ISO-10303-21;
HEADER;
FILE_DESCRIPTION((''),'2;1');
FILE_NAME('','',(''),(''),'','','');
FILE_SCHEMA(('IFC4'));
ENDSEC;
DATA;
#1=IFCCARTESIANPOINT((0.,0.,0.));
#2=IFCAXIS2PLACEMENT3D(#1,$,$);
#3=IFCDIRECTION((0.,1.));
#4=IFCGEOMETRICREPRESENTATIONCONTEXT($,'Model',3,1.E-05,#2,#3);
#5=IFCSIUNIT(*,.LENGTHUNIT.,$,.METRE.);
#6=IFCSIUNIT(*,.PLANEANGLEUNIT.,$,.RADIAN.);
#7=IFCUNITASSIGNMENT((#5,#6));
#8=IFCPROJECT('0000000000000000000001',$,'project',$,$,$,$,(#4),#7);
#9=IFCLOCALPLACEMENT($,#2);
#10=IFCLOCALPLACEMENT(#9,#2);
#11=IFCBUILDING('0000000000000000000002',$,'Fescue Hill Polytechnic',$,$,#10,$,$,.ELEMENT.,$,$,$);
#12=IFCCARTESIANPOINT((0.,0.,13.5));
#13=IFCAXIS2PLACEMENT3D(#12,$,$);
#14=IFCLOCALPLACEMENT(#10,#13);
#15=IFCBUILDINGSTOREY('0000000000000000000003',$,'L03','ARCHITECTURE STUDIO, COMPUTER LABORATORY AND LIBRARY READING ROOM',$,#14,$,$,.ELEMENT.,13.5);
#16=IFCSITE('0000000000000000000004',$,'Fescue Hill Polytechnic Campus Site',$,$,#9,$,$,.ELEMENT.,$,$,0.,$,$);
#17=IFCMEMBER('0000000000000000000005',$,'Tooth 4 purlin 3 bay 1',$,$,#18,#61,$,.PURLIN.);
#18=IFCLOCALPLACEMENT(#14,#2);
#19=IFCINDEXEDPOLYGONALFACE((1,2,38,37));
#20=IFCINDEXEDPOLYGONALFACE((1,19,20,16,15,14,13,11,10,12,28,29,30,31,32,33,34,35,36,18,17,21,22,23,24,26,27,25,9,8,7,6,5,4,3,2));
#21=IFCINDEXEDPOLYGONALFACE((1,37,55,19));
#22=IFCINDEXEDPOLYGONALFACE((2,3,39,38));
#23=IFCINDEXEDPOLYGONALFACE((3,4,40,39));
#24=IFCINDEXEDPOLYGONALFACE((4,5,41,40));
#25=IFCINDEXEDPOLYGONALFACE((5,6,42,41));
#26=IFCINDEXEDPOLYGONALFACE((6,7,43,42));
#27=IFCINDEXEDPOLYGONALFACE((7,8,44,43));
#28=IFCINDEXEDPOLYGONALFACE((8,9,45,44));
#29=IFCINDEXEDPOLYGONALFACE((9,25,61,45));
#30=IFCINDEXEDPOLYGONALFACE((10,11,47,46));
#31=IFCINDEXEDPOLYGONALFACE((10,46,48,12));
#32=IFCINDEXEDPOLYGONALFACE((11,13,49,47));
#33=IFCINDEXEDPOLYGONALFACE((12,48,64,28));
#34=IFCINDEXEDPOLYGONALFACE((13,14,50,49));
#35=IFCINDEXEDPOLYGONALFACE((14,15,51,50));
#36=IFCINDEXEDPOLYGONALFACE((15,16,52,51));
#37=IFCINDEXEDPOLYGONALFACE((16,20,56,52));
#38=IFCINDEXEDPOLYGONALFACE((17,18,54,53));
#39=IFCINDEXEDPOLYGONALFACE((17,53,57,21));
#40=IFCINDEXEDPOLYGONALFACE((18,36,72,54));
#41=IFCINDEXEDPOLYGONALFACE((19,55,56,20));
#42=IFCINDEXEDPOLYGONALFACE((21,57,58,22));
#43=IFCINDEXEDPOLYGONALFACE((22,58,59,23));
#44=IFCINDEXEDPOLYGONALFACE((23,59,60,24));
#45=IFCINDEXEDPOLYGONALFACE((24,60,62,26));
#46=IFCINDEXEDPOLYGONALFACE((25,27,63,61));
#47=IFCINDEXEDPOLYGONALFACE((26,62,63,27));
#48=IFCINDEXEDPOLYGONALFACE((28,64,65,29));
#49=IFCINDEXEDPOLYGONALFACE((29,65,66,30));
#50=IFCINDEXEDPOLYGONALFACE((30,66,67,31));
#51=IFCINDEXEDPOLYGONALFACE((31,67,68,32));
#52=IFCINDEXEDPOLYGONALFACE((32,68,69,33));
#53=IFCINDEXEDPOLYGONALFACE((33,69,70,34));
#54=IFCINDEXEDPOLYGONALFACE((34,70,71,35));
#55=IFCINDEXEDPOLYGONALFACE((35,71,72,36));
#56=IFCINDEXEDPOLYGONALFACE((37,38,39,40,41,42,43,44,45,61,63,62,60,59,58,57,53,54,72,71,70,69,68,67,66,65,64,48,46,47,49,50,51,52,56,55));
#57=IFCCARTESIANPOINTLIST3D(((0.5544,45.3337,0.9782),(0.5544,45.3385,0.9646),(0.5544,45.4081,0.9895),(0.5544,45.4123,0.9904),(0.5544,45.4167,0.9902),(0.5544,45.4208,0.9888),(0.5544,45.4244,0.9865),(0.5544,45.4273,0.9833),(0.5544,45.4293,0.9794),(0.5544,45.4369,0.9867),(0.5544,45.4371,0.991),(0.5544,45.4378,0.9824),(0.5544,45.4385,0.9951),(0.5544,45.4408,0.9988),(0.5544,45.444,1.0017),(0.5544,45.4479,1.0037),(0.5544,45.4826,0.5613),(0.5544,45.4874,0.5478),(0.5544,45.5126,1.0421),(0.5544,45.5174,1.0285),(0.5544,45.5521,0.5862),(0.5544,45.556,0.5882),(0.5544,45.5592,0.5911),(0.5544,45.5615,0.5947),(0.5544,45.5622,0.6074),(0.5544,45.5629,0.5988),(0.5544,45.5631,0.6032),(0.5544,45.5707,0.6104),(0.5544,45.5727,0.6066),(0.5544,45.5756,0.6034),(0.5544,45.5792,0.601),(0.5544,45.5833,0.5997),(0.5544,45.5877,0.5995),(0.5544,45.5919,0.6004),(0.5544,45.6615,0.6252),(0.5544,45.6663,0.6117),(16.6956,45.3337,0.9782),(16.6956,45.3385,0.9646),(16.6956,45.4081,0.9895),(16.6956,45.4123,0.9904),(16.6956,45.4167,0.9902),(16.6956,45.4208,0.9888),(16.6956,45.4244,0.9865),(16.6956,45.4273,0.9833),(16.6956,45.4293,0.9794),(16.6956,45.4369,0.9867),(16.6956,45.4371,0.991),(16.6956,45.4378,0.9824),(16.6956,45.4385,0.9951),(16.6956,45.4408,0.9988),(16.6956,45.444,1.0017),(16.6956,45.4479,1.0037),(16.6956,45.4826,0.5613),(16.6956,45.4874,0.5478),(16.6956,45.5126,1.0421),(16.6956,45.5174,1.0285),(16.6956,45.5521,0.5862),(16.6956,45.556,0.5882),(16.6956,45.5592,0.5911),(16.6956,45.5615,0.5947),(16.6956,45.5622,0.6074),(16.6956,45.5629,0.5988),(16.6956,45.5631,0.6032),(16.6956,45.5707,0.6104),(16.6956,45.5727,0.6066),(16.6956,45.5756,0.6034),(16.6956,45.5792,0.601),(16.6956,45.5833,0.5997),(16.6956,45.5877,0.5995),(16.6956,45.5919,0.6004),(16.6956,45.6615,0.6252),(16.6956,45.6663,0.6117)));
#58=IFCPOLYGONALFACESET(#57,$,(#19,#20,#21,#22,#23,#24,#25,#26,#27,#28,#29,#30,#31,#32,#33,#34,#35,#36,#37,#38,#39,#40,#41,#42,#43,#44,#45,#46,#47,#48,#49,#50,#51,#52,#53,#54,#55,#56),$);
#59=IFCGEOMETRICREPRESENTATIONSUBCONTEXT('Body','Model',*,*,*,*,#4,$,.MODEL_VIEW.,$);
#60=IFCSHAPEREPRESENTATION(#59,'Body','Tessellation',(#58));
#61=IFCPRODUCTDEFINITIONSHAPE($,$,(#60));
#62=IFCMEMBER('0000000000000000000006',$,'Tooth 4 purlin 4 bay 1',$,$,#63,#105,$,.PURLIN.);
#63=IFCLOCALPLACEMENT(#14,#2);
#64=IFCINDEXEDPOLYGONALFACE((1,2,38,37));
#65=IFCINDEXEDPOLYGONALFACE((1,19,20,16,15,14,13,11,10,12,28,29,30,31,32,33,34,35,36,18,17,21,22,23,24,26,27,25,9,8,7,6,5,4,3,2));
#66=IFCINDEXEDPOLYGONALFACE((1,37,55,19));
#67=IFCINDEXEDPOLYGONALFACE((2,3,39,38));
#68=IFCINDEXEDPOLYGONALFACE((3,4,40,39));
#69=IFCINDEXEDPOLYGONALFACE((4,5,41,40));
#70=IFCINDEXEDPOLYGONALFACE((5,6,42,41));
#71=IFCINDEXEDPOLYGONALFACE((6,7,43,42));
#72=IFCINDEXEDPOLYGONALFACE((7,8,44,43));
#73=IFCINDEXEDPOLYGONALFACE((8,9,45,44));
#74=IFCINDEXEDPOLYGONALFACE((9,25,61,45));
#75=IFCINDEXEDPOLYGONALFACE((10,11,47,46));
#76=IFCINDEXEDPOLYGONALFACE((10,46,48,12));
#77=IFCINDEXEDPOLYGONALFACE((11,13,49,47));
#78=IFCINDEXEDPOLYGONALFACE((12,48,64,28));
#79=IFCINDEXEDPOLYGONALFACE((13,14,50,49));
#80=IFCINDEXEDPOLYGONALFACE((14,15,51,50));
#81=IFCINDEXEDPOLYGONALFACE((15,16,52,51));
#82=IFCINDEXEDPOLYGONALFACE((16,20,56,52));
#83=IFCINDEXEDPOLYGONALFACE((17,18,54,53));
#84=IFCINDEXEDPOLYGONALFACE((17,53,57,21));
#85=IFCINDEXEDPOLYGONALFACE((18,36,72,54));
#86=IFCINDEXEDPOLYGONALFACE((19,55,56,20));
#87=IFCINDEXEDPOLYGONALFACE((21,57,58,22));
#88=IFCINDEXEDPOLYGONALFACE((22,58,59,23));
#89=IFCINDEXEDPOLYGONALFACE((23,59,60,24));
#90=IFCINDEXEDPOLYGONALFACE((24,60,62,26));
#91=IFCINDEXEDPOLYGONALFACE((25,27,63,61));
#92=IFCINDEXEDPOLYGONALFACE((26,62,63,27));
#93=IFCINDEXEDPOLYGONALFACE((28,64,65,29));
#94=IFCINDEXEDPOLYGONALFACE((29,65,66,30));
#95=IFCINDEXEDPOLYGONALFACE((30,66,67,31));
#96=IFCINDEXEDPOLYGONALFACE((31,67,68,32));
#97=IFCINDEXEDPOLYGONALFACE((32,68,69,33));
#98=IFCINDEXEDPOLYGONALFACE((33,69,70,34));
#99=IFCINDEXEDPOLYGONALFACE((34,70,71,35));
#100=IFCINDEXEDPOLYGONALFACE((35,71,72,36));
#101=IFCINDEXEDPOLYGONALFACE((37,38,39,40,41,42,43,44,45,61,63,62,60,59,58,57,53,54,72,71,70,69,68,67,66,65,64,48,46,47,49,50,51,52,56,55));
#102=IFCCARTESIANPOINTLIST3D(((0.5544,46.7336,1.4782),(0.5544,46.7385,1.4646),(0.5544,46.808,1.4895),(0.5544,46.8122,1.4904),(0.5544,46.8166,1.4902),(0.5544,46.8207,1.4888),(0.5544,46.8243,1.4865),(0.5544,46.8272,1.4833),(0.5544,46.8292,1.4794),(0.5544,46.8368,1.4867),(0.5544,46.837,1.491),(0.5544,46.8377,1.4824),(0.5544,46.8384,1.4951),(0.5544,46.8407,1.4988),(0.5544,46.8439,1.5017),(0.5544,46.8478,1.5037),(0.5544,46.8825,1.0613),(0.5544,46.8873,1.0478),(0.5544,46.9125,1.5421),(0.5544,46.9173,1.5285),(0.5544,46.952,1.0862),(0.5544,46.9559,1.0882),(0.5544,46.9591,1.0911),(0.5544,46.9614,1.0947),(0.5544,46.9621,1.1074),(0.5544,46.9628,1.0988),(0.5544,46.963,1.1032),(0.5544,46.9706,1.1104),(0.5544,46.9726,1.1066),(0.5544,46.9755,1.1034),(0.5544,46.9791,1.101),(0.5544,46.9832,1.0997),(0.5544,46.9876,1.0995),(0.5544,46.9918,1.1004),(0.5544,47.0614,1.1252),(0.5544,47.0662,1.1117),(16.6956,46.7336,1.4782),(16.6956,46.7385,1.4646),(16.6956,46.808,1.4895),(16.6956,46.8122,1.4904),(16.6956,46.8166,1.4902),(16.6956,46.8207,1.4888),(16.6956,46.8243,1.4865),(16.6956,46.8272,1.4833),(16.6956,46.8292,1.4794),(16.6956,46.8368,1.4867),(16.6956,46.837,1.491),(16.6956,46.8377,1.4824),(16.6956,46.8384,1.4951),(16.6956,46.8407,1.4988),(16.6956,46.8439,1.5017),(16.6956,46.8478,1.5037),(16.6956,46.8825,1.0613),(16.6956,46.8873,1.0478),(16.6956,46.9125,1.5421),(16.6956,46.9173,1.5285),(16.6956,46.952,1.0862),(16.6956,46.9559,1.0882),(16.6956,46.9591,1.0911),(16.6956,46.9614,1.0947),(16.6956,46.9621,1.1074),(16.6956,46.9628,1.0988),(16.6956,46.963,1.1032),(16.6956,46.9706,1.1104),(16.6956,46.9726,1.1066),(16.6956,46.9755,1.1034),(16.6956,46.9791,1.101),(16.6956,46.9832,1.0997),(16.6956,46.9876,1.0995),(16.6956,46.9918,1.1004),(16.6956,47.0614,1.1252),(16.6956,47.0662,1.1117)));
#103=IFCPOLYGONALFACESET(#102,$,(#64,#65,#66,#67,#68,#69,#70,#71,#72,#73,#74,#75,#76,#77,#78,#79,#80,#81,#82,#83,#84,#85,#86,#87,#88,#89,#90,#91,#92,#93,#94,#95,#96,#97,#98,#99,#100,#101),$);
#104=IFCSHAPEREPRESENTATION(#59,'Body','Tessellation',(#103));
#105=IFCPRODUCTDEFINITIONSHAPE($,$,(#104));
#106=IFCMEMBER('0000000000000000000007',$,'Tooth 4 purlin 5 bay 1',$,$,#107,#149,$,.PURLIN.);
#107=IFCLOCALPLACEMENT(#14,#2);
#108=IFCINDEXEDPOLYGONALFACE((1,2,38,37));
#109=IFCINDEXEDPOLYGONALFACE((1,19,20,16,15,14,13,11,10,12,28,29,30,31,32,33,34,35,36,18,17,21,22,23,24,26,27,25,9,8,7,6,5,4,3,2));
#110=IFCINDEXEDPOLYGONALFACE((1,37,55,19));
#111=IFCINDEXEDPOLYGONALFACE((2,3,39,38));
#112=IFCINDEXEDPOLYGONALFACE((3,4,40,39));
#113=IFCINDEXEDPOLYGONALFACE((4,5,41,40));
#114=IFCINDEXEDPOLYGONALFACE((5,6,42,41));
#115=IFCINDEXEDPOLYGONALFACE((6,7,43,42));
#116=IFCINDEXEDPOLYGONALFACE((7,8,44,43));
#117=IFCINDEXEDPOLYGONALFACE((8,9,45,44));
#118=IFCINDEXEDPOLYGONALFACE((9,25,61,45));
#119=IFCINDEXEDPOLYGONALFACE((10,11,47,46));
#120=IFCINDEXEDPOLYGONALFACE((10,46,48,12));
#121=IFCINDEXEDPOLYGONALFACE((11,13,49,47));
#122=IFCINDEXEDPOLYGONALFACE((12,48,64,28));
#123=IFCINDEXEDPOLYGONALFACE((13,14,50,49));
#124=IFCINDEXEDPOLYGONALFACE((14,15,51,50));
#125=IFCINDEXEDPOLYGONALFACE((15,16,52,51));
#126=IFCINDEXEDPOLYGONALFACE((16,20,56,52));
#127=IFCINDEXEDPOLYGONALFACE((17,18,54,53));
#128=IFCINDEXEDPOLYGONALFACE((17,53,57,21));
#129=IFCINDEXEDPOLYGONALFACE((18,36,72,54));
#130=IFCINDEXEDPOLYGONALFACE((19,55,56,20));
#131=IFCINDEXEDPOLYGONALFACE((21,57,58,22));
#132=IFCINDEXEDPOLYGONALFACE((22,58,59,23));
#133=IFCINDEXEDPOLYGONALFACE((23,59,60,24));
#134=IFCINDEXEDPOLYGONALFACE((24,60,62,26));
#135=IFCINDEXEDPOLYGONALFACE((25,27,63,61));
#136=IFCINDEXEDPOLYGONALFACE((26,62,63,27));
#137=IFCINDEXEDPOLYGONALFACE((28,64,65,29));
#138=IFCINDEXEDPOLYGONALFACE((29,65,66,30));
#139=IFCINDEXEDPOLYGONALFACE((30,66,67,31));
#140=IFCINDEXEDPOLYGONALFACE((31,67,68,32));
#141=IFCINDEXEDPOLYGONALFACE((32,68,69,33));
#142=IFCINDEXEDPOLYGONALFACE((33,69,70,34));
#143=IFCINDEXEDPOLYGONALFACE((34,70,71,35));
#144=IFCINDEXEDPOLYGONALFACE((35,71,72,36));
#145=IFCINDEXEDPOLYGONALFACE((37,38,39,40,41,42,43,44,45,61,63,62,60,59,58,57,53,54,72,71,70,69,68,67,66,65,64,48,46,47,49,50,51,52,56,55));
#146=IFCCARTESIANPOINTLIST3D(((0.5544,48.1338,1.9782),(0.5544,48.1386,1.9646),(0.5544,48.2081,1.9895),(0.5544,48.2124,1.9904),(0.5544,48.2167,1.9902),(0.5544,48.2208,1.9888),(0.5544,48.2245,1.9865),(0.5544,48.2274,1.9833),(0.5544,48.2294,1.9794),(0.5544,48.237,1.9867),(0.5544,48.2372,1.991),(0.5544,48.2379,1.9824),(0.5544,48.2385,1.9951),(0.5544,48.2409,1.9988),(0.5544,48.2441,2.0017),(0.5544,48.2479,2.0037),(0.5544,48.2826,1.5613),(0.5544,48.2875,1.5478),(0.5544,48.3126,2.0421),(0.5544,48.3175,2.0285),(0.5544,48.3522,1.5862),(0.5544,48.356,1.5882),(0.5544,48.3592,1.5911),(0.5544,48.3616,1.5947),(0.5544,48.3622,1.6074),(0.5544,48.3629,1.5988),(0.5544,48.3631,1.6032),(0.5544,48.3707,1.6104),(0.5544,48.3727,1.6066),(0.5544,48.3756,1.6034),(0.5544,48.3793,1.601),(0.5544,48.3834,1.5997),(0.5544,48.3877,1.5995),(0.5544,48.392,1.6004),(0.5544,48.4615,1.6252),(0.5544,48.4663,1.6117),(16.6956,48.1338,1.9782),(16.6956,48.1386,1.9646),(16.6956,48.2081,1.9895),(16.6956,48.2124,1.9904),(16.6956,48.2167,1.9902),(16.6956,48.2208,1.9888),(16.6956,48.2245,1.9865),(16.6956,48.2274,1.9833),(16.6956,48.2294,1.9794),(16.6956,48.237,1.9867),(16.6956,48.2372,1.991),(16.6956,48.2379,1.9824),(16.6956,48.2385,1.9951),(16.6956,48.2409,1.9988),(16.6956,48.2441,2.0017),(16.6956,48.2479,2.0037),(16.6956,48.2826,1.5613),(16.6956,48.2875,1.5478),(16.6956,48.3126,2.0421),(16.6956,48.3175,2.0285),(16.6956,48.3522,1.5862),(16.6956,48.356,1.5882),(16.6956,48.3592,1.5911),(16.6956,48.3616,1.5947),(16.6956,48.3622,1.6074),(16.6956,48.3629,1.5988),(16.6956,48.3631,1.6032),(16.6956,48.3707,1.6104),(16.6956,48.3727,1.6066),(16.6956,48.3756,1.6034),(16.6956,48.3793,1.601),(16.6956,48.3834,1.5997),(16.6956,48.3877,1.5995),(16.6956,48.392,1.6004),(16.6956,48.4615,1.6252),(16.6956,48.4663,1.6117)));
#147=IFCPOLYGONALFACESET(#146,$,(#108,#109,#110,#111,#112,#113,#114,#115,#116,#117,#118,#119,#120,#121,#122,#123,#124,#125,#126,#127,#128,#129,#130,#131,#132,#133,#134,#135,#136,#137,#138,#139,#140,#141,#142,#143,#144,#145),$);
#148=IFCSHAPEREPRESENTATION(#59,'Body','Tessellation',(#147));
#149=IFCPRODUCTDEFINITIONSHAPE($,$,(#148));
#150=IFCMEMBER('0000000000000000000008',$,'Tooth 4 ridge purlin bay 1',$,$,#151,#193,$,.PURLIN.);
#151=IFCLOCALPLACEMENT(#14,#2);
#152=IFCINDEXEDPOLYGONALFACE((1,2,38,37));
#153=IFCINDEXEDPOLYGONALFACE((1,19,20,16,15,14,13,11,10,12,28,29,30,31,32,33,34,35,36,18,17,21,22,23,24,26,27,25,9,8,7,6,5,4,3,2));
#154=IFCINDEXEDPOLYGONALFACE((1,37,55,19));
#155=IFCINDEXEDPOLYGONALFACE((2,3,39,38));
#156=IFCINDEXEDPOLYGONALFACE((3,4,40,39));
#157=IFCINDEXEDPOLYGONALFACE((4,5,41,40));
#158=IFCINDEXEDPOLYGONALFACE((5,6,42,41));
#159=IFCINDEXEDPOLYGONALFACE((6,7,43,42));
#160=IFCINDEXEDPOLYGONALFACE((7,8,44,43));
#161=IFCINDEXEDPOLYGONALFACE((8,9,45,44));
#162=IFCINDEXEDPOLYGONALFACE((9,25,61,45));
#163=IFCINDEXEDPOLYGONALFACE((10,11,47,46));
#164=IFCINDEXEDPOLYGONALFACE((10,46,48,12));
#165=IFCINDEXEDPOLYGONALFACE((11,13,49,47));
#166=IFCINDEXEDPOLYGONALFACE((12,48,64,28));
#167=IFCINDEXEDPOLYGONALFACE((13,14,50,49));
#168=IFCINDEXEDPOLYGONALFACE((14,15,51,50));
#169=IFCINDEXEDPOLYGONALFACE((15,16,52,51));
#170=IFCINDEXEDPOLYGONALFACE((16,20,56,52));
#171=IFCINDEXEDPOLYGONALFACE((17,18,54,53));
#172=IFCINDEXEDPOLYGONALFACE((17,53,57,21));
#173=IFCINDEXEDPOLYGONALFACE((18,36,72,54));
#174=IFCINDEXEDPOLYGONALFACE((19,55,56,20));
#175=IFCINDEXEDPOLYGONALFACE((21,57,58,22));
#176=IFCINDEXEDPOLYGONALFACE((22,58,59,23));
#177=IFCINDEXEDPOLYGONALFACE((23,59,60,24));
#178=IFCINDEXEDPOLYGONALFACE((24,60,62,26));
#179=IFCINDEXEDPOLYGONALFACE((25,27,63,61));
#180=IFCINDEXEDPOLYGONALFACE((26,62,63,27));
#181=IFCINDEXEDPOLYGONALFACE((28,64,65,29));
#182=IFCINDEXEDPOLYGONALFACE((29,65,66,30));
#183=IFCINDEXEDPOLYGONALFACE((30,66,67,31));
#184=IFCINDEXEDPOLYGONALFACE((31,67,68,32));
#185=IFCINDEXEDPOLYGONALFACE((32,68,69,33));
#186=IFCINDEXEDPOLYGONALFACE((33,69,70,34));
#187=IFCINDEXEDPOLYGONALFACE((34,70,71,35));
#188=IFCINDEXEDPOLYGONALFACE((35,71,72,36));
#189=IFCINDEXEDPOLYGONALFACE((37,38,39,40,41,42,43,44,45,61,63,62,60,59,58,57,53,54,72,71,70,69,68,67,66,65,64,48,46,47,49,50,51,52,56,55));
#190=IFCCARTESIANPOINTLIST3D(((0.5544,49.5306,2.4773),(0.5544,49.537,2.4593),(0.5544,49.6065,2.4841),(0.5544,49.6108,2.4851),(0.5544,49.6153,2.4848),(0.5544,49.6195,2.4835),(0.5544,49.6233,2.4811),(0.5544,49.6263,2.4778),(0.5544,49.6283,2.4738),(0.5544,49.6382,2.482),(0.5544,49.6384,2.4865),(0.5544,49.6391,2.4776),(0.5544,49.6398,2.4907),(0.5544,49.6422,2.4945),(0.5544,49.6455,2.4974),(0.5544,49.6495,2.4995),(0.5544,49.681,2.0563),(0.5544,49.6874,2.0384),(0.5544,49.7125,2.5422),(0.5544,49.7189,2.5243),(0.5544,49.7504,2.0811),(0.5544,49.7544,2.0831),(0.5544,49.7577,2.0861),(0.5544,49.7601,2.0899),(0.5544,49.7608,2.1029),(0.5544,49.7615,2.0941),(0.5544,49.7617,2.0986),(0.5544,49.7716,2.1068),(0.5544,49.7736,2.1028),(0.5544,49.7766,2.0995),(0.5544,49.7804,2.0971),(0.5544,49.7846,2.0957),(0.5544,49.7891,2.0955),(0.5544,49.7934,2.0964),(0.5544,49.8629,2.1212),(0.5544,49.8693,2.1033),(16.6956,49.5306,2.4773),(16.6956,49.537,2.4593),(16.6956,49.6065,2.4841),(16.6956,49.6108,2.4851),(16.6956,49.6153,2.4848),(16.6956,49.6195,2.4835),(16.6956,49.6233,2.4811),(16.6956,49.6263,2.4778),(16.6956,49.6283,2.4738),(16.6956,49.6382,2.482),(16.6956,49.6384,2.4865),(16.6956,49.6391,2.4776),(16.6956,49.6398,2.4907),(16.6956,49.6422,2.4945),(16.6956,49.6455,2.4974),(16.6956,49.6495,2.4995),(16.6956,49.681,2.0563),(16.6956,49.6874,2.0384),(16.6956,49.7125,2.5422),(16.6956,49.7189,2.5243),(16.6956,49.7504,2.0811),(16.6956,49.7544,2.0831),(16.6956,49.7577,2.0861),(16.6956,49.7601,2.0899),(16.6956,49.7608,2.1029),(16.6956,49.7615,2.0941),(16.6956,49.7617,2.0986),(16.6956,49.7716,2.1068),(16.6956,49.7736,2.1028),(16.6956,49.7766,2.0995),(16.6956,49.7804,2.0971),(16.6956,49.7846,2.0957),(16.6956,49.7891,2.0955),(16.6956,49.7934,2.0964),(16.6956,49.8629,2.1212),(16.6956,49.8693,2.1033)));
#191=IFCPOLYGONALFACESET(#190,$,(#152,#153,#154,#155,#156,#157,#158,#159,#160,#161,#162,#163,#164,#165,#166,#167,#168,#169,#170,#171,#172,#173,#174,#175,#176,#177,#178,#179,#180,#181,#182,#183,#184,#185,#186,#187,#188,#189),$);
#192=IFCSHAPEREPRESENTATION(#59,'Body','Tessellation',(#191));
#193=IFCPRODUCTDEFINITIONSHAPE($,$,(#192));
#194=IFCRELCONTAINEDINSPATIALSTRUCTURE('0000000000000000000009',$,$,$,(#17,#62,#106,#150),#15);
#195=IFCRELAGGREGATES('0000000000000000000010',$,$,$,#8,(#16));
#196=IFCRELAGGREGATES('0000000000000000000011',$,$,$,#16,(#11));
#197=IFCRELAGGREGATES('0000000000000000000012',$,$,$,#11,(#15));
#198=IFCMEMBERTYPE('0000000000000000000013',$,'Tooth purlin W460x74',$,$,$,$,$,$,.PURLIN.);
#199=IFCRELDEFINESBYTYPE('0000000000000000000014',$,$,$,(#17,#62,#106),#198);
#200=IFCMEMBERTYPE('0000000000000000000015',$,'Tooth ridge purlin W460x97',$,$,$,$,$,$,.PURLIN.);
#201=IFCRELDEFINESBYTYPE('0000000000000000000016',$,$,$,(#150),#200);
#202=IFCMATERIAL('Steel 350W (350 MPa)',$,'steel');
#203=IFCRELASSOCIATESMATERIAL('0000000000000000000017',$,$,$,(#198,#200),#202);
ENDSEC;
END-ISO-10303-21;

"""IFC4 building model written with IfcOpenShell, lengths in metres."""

from ifc_helpers import new_model, si_unit, direction, frame, origin, origin_2d, place, context, subcontext, project, spatial, i_section, extrude, material, material_profile, profile_set, type_object, element, save


model = new_model("IFC4")

# Units and contexts
model_context = context("Model", 3, precision=1e-05, world=origin(), true_north=direction((0.0, 1.0)))
body_context = subcontext(model_context, "Body", "Model", "MODEL_VIEW")
ifc_project = project(units=[si_unit("LENGTHUNIT", "METRE"), si_unit("PLANEANGLEUNIT", "RADIAN")], contexts=[model_context])

# Site, building, storey
site_placement = place(None, origin())
site = spatial("IfcSite", under=ifc_project, at=site_placement, Name="Fescue Hill Polytechnic Campus Site", CompositionType="ELEMENT", RefElevation=0.0)
building_placement = place(site_placement, origin())
building = spatial("IfcBuilding", under=site, at=building_placement, Name="Fescue Hill Polytechnic", CompositionType="ELEMENT")
storey_placement = place(building_placement, frame((0.0, 0.0, 13.5)))
storey = spatial("IfcBuildingStorey", under=building, at=storey_placement, Name="L03", Description="ARCHITECTURE STUDIO, COMPUTER LABORATORY AND LIBRARY READING ROOM", CompositionType="ELEMENT", Elevation=13.5)

# Members
ifc_material_1 = material(Name="Steel 350W (350 MPa)", Category="steel")
ifc_material_profile_1 = material_profile(ifc_material_1, i_section(OverallWidth=0.1899, OverallDepth=0.457, WebThickness=0.009, FlangeThickness=0.0144, FilletRadius=0.0166, at=origin_2d()), Name="W460x74")
ifc_profile_set_1 = profile_set([ifc_material_profile_1], Name="Steel 350W (350 MPa)")
member_type_1 = type_object("IfcMemberType", Name="Tooth purlin W460x74", PredefinedType="PURLIN", material=ifc_profile_set_1)
for number, where, z_axis, x_axis, name in (
    (1, (0.5544, 45.5, 0.7949), (1.0, 0.0, 0.0), (0.0, 0.941742, 0.336336), "Tooth 4 purlin 3 bay 1"),
    (2, (0.5544, 46.8999, 1.2949), (1.0, 0.0, 0.0), (0.0, 0.941742, 0.336336), "Tooth 4 purlin 4 bay 1"),
    (3, (0.5544, 48.3, 1.7949), (1.0, 0.0, 0.0), (0.0, 0.941742, 0.336336), "Tooth 4 purlin 5 bay 1"),
):
    element("IfcMember", number, at=place(storey_placement, frame(where, z_axis=z_axis, x_axis=x_axis)), inside=storey, type_object=member_type_1, Name=name, PredefinedType="PURLIN", context=body_context, shape_type="SweptSolid", body=[
        extrude(i_section(OverallWidth=0.1899, OverallDepth=0.457, WebThickness=0.009, FlangeThickness=0.0144, FilletRadius=0.0166, at=origin_2d()), origin(), (0.0, 0.0, 1.0), 16.1411),
    ])
ifc_material_profile_2 = material_profile(ifc_material_1, i_section(OverallWidth=0.1931, OverallDepth=0.4661, WebThickness=0.0115, FlangeThickness=0.019, FilletRadius=0.0171, at=origin_2d()), Name="W460x97")
ifc_profile_set_2 = profile_set([ifc_material_profile_2], Name="Steel 350W (350 MPa)")
member_type_2 = type_object("IfcMemberType", Name="Tooth ridge purlin W460x97", PredefinedType="PURLIN", material=ifc_profile_set_2)
member_1_placement = place(storey_placement, frame((0.5544, 49.7, 2.2903), z_axis=(1.0, 0.0, 0.0), x_axis=(0.0, 0.941742, 0.336336)))
element("IfcMember", 4, at=member_1_placement, inside=storey, type_object=member_type_2, Name="Tooth 4 ridge purlin bay 1", PredefinedType="PURLIN", context=body_context, shape_type="SweptSolid", body=[
    extrude(i_section(OverallWidth=0.1931, OverallDepth=0.4661, WebThickness=0.0115, FlangeThickness=0.019, FilletRadius=0.0171, at=origin_2d()), origin(), (0.0, 0.0, 1.0), 16.1411),
])

save(model, "model.ifc")
